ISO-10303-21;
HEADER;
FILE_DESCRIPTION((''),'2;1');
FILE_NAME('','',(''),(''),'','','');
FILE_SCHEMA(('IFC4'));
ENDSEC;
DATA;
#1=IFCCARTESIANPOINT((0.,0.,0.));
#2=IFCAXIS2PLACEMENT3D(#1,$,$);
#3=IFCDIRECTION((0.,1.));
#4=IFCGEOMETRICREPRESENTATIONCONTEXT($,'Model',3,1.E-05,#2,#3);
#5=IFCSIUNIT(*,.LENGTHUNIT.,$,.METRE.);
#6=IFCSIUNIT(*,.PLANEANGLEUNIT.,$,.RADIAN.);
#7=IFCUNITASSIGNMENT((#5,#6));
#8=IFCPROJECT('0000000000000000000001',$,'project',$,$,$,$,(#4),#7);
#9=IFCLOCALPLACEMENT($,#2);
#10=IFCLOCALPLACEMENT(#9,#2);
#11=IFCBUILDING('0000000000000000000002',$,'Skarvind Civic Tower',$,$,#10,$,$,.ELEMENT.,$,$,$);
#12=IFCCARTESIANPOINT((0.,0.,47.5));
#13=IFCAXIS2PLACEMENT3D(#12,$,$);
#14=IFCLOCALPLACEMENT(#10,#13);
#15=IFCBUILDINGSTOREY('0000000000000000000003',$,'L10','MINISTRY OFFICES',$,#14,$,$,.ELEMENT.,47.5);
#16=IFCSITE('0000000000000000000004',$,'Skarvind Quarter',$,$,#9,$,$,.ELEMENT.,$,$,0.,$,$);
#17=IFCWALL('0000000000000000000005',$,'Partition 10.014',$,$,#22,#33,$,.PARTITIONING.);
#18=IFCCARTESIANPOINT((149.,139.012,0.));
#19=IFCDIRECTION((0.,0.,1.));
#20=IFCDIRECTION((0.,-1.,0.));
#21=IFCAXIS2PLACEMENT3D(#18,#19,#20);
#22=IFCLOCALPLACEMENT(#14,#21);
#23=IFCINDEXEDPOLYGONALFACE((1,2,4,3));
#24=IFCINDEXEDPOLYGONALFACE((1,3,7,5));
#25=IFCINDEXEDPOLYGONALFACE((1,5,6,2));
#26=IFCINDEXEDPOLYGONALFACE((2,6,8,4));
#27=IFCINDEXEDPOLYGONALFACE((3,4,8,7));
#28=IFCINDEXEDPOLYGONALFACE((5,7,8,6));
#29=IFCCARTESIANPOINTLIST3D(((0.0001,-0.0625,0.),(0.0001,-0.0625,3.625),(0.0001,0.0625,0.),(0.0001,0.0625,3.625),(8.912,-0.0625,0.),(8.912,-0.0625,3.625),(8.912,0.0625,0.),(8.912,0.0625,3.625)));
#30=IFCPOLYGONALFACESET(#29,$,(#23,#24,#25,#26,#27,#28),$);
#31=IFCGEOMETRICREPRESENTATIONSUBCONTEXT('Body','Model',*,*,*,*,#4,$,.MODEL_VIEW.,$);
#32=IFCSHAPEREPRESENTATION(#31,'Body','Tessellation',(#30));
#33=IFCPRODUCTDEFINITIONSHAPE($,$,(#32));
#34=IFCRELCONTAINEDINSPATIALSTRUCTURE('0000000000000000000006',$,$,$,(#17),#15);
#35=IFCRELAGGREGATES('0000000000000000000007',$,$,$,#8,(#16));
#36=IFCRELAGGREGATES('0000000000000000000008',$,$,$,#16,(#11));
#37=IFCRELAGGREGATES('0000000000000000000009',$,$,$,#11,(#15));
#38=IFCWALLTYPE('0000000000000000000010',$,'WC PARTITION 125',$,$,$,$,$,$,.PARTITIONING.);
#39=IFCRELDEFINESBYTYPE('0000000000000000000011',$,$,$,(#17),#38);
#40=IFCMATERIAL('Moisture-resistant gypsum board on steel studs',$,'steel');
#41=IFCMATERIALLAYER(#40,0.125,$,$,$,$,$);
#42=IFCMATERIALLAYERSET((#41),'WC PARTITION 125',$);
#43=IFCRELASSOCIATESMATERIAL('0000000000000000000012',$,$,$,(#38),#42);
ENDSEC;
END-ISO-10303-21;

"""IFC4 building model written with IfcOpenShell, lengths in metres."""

from ifc_helpers import new_model, si_unit, direction, frame, frame_2d, origin, place, context, subcontext, project, spatial, rectangle, extrude, material, layer, layer_set, type_object, element, save


model = new_model("IFC4")

# Units and contexts
model_context = context("Model", 3, precision=1e-05, world=origin(), true_north=direction((0.0, 1.0)))
body_context = subcontext(model_context, "Body", "Model", "MODEL_VIEW")
ifc_project = project(units=[si_unit("LENGTHUNIT", "METRE"), si_unit("PLANEANGLEUNIT", "RADIAN")], contexts=[model_context])

# Site, building, storey
site_placement = place(None, origin())
site = spatial("IfcSite", under=ifc_project, at=site_placement, Name="Skarvind Quarter", CompositionType="ELEMENT", RefElevation=0.0)
building_placement = place(site_placement, origin())
building = spatial("IfcBuilding", under=site, at=building_placement, Name="Skarvind Civic Tower", CompositionType="ELEMENT")
storey_placement = place(building_placement, frame((0.0, 0.0, 47.5)))
storey = spatial("IfcBuildingStorey", under=building, at=storey_placement, Name="L10", Description="MINISTRY OFFICES", CompositionType="ELEMENT", Elevation=47.5)

# Shared definitions
ifc_material_1 = material(Name="Moisture-resistant gypsum board on steel studs", Category="steel")
ifc_layer_1 = layer(ifc_material_1, 0.125)
ifc_layer_set_1 = layer_set([ifc_layer_1], Name="WC PARTITION 125")
wall_type_1 = type_object("IfcWallType", Name="WC PARTITION 125", PredefinedType="PARTITIONING", material=ifc_layer_set_1)

# Wall
wall_1_placement = place(storey_placement, frame((149.0, 139.012, 0.0), z_axis=(0.0, 0.0, 1.0), x_axis=(0.0, -1.0, 0.0)))
element("IfcWall", 1, at=wall_1_placement, inside=storey, type_object=wall_type_1, Name="Partition 10.014", PredefinedType="PARTITIONING", context=body_context, shape_type="SweptSolid", body=[
    extrude(rectangle(XDim=8.9119, YDim=0.125, at=frame_2d((4.4561, 0.0))), origin(), (0.0, 0.0, 1.0), 3.625),
])

save(model, "model.ifc")
